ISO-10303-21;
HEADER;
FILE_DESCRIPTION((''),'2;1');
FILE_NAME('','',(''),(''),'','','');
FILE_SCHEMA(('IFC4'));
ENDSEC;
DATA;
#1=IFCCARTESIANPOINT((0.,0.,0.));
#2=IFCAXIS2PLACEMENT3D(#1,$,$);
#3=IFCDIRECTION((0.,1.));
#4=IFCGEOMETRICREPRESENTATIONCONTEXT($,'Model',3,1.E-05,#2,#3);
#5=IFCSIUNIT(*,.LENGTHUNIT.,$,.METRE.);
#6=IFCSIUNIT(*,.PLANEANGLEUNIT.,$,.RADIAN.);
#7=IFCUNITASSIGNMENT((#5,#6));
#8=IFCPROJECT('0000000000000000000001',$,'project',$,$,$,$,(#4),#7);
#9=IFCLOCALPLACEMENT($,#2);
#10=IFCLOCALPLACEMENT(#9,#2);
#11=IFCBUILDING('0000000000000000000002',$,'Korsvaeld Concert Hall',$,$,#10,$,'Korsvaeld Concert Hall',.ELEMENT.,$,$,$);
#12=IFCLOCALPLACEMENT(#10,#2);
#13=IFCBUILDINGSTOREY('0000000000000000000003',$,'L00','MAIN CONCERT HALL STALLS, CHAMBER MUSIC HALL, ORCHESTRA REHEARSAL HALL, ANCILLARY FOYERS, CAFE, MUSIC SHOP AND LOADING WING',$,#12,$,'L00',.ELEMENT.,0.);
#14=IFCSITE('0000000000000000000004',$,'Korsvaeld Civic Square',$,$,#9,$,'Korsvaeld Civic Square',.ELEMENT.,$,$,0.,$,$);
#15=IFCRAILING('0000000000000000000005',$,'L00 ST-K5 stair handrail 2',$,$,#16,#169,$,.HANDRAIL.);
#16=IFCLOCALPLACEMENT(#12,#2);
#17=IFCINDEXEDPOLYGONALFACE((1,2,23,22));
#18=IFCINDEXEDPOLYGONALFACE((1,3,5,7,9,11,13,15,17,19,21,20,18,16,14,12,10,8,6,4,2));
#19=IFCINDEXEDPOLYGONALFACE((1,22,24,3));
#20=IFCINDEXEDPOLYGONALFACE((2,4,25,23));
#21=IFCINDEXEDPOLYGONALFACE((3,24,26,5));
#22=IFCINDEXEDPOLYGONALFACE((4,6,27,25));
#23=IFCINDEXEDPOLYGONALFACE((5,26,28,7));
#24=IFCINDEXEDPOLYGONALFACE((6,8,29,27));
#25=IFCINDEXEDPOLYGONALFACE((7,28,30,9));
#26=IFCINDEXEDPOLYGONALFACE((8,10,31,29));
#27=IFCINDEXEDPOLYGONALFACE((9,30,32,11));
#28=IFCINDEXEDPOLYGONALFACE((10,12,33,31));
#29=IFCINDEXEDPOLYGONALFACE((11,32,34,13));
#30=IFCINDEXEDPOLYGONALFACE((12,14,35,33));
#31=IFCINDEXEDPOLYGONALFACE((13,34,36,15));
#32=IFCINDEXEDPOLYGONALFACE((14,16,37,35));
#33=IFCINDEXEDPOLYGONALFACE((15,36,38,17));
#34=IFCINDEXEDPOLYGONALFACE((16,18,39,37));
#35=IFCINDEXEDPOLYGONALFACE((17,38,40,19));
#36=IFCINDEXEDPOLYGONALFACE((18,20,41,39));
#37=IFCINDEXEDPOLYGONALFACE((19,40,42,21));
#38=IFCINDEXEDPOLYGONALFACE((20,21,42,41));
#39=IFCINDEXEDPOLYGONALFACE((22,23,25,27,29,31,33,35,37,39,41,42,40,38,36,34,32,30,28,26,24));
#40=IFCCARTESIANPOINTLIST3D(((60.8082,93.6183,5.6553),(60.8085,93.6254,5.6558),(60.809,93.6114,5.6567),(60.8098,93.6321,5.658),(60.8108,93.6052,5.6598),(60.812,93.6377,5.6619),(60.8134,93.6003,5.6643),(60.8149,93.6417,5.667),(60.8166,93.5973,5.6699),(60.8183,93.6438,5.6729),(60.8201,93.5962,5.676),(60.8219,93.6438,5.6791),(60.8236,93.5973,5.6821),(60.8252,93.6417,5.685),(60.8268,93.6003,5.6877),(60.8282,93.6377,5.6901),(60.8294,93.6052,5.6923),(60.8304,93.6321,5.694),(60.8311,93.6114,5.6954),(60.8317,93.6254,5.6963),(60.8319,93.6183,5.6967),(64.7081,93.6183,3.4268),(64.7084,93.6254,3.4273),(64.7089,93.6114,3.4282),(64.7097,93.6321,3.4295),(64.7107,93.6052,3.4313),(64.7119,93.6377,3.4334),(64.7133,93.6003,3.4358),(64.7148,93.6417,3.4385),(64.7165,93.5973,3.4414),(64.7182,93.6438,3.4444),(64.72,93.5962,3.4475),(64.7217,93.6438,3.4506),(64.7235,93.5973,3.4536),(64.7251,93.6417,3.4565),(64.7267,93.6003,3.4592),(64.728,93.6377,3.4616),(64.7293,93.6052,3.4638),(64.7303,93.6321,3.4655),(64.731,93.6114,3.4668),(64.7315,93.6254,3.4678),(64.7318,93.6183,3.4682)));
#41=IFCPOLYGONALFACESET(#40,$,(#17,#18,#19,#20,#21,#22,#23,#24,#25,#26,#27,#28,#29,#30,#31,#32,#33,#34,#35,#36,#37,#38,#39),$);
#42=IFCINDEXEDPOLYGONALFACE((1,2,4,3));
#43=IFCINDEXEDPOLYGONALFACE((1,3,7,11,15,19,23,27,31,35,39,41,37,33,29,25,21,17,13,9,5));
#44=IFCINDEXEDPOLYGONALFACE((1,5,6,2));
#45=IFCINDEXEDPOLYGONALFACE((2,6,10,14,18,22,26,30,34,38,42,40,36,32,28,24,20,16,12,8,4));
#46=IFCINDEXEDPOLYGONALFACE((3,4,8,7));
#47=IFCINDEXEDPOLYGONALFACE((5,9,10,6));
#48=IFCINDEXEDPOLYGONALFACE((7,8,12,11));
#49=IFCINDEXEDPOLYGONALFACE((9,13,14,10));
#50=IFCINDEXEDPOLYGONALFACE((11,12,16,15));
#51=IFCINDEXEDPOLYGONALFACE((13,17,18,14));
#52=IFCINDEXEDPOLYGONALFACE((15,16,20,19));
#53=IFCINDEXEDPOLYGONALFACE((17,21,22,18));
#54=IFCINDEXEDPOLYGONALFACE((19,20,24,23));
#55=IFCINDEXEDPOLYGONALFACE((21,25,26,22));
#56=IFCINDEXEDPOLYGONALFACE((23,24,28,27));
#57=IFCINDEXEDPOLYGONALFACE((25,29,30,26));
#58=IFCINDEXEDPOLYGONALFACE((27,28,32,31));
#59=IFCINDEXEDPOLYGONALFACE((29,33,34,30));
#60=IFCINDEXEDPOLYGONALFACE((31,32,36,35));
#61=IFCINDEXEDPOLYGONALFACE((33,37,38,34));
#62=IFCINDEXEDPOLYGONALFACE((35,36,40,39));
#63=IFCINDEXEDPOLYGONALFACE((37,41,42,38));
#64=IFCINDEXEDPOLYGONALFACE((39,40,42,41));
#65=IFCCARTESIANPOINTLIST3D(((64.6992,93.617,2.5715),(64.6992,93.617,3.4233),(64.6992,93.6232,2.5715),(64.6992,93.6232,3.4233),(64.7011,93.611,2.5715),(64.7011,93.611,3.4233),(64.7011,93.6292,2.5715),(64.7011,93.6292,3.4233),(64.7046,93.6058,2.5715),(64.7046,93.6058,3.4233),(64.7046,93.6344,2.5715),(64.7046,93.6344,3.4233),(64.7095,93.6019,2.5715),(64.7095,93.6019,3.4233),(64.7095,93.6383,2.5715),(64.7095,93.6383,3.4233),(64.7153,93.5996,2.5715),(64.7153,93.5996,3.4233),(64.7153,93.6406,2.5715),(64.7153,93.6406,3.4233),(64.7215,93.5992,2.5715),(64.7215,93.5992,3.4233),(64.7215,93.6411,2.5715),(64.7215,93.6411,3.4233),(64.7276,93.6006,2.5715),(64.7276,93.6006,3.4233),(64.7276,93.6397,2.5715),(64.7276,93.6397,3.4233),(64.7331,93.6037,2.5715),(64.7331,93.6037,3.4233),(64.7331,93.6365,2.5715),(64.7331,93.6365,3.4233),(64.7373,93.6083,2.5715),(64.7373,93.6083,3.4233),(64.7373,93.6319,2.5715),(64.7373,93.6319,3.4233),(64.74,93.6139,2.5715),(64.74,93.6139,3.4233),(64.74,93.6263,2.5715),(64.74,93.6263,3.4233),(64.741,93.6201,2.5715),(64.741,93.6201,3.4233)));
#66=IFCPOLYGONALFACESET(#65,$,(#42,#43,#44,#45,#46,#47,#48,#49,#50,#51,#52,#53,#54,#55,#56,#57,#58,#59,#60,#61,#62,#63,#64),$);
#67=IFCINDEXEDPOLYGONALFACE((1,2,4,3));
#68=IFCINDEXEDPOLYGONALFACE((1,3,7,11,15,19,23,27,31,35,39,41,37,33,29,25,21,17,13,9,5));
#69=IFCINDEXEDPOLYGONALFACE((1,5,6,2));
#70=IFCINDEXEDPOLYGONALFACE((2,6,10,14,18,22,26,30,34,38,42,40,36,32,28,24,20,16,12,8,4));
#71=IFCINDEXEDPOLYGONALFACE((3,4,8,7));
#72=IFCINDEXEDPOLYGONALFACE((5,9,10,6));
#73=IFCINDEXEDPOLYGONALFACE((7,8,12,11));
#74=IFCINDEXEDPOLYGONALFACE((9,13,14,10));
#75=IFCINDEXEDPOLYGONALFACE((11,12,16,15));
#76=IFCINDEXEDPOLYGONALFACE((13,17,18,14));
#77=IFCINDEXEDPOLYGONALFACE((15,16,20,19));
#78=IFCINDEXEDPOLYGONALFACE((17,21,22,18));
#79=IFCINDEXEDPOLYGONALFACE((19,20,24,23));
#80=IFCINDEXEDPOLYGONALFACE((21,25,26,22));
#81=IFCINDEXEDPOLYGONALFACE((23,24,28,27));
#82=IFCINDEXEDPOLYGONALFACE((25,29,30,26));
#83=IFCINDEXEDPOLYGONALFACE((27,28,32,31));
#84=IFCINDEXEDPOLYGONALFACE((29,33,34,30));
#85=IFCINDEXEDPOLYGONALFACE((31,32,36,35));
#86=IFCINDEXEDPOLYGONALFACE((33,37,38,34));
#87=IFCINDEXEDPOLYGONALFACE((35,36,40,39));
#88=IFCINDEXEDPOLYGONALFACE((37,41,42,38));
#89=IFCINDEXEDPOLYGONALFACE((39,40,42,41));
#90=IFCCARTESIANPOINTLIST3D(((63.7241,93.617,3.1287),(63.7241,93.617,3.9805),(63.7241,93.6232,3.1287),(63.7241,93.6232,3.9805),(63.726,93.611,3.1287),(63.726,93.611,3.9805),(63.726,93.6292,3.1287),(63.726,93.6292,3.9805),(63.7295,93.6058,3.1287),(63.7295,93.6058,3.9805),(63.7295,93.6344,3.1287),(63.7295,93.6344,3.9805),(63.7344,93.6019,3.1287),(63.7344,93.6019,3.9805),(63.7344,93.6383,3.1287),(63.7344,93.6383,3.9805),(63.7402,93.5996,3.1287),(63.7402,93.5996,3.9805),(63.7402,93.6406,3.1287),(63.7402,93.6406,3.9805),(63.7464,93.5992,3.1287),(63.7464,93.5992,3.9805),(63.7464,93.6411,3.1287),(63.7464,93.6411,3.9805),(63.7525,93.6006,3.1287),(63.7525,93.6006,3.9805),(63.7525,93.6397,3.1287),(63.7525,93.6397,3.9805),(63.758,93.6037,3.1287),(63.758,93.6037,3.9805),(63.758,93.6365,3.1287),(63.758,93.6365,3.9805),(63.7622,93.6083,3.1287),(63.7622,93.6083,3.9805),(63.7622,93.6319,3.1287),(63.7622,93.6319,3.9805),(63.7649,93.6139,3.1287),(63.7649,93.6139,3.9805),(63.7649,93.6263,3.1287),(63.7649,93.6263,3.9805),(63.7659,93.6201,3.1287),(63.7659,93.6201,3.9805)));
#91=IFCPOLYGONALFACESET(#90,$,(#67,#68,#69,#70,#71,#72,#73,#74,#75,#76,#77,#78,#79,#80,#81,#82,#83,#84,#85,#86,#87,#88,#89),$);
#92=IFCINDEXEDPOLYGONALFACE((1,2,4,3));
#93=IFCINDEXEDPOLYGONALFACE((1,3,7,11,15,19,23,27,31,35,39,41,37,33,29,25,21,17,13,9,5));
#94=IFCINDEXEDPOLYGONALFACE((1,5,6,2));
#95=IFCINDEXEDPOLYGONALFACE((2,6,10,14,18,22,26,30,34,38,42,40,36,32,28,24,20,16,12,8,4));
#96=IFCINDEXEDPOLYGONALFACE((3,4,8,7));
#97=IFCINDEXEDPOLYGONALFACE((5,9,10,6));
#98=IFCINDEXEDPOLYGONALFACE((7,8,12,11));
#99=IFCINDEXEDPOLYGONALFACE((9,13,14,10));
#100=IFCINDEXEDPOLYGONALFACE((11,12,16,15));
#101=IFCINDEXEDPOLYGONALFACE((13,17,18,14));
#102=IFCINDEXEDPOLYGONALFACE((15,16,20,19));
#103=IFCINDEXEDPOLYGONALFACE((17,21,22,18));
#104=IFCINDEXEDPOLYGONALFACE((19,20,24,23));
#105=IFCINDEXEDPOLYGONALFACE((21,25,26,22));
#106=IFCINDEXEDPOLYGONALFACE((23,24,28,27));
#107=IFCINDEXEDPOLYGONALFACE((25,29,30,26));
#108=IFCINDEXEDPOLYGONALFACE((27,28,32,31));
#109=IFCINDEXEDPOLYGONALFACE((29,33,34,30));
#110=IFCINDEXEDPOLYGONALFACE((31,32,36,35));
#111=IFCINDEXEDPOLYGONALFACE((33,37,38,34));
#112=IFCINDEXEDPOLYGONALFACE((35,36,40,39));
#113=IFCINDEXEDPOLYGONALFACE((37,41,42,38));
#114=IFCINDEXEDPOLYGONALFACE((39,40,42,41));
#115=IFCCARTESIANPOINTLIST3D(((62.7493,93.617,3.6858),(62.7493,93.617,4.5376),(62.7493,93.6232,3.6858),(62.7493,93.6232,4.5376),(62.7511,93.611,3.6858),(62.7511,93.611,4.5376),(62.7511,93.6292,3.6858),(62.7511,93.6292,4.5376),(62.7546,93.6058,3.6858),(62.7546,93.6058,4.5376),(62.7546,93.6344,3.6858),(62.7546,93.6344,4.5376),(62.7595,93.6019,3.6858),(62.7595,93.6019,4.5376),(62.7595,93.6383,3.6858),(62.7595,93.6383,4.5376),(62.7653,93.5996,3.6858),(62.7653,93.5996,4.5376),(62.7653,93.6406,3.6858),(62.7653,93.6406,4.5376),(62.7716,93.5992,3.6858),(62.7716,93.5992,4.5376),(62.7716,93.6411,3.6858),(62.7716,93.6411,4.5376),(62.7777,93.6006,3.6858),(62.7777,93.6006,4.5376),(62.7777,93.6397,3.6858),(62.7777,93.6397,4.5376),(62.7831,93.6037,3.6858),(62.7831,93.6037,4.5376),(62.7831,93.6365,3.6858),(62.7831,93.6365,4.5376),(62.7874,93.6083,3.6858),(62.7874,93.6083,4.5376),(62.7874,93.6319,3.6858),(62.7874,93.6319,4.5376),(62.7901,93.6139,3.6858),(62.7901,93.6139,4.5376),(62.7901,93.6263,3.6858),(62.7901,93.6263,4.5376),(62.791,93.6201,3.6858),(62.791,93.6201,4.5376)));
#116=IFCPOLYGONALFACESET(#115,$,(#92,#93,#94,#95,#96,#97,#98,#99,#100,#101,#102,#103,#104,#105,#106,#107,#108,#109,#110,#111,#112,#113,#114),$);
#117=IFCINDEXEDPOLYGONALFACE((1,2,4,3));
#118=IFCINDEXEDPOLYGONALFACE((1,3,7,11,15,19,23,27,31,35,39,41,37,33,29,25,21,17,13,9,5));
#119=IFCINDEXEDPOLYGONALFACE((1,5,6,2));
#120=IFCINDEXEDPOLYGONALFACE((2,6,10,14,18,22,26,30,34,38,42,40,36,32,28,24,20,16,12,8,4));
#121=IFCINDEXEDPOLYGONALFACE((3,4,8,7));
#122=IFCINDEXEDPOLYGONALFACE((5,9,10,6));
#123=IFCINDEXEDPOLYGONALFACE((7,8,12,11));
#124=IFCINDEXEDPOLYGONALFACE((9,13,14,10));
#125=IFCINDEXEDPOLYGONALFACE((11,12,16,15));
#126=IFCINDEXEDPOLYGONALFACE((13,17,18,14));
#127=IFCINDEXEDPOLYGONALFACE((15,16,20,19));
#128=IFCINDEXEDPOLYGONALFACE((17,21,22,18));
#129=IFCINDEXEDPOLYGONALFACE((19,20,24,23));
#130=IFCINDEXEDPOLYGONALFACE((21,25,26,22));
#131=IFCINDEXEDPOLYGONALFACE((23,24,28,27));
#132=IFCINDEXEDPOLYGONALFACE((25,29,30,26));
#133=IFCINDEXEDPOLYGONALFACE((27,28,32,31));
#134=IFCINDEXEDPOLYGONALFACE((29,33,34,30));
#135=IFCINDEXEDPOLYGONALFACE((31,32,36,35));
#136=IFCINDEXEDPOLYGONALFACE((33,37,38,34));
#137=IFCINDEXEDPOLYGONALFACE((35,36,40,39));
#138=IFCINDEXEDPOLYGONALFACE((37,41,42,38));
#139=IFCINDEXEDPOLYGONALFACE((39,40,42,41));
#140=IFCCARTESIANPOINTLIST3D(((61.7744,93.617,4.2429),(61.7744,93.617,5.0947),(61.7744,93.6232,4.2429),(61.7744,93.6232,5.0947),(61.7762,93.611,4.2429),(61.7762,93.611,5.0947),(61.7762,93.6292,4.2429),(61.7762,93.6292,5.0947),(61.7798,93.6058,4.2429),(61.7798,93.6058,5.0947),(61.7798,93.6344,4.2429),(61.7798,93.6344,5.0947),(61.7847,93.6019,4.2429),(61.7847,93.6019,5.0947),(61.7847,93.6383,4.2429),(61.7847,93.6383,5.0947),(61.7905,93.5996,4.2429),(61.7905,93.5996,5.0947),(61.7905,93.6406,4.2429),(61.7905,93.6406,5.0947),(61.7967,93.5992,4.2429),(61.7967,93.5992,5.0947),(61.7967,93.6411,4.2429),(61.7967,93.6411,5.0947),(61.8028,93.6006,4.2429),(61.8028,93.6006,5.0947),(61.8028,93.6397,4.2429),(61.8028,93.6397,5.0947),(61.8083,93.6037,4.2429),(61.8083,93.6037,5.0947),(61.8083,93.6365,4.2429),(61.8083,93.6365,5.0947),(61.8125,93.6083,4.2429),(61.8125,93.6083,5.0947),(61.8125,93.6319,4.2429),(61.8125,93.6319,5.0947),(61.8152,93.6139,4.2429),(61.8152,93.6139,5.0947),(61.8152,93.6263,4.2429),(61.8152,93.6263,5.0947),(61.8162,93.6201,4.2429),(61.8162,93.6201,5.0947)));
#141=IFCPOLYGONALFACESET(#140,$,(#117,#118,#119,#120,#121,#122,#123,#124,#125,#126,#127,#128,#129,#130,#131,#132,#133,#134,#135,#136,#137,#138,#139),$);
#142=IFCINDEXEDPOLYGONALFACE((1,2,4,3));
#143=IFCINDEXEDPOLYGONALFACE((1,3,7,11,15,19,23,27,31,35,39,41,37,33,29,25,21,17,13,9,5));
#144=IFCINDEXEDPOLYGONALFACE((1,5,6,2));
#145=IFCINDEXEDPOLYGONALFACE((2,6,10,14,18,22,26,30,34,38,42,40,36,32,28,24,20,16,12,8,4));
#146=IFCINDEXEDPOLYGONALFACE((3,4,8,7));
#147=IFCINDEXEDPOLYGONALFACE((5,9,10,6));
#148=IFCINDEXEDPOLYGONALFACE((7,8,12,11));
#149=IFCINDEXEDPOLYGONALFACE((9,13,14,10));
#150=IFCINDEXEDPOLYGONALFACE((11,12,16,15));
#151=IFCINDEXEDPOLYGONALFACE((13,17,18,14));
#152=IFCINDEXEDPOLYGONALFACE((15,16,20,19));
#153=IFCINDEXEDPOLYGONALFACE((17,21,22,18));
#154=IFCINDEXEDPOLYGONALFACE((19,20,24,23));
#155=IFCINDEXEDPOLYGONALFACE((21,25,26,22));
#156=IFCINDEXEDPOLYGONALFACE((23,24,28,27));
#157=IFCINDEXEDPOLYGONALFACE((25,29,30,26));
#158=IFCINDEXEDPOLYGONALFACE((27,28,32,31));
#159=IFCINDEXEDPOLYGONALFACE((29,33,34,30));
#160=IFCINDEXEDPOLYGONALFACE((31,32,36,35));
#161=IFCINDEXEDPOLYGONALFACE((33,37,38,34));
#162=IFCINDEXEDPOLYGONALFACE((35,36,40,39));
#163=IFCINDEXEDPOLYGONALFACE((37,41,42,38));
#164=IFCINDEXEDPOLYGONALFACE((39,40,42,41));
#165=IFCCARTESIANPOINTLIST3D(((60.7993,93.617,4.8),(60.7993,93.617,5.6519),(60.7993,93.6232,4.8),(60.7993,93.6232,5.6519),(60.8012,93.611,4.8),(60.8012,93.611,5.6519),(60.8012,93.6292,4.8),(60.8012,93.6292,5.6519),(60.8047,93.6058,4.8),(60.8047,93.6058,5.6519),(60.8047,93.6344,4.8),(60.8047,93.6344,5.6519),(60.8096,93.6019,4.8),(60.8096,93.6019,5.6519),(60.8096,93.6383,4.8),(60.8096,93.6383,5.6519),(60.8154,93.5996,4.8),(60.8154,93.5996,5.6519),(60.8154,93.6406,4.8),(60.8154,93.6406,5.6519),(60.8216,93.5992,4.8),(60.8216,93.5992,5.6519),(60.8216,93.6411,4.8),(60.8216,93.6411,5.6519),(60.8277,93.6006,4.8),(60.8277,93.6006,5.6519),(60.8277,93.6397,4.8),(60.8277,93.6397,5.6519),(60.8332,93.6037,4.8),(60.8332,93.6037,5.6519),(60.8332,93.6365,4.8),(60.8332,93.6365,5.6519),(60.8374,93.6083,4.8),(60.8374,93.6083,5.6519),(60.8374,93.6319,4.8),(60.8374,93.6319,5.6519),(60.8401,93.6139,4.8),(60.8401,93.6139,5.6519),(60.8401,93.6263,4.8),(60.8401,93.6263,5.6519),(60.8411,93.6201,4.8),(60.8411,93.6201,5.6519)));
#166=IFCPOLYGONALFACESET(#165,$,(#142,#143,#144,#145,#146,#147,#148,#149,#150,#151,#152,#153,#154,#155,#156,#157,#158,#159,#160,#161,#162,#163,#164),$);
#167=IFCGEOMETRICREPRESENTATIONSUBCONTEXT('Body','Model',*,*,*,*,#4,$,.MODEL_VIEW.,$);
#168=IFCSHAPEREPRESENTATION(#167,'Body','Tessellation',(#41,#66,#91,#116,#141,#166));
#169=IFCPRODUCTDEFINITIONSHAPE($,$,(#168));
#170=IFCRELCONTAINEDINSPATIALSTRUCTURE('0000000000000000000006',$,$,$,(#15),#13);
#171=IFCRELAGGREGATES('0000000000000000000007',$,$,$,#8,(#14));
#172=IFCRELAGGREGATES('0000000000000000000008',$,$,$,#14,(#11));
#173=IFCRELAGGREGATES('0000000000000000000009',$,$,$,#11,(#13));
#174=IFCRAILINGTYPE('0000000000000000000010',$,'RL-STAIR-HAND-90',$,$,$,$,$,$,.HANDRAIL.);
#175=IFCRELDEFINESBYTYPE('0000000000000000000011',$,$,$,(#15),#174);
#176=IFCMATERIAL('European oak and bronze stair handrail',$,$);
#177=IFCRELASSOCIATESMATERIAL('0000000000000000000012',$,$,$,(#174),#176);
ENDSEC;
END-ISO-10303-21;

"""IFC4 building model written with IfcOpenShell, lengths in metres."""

from ifc_helpers import new_model, si_unit, direction, frame, origin, origin_2d, place, context, subcontext, project, spatial, circle, extrude, material, type_object, element, save


model = new_model("IFC4")

# Units and contexts
model_context = context("Model", 3, precision=1e-05, world=origin(), true_north=direction((0.0, 1.0)))
body_context = subcontext(model_context, "Body", "Model", "MODEL_VIEW")
ifc_project = project(units=[si_unit("LENGTHUNIT", "METRE"), si_unit("PLANEANGLEUNIT", "RADIAN")], contexts=[model_context])

# Site, building, storey
site_placement = place(None, origin())
site = spatial("IfcSite", under=ifc_project, at=site_placement, Name="Korsvaeld Civic Square", LongName="Korsvaeld Civic Square", CompositionType="ELEMENT", RefElevation=0.0)
building_placement = place(site_placement, origin())
building = spatial("IfcBuilding", under=site, at=building_placement, Name="Korsvaeld Concert Hall", LongName="Korsvaeld Concert Hall", CompositionType="ELEMENT")
storey_placement = place(building_placement, origin())
storey = spatial("IfcBuildingStorey", under=building, at=storey_placement, Name="L00", Description="MAIN CONCERT HALL STALLS, CHAMBER MUSIC HALL, ORCHESTRA REHEARSAL HALL, ANCILLARY FOYERS, CAFE, MUSIC SHOP AND LOADING WING", LongName="L00", CompositionType="ELEMENT", Elevation=0.0)

# Railing
ifc_material_1 = material(Name="European oak and bronze stair handrail")
railing_type_1 = type_object("IfcRailingType", Name="RL-STAIR-HAND-90", PredefinedType="HANDRAIL", material=ifc_material_1)
railing_1_placement = place(storey_placement, frame((64.72, 93.6201, 2.5715)))
element("IfcRailing", 1, at=railing_1_placement, inside=storey, type_object=railing_type_1, Name="L00 ST-K5 stair handrail 2", PredefinedType="HANDRAIL", context=body_context, shape_type="SweptSolid", body=[
    extrude(circle(Radius=0.0239, at=origin_2d()), frame((0.0, 0.0, 0.876), z_axis=(-0.868243, 0.0, 0.496139), x_axis=(0.0, -1.0, 0.0)), (0.0, 0.0, 1.0), 4.4917),
    extrude(circle(Radius=0.021, at=origin_2d()), origin(), (0.0, 0.0, 1.0), 0.8518),
    extrude(circle(Radius=0.021, at=origin_2d()), frame((-0.9751, 0.0, 0.5571)), (0.0, 0.0, 1.0), 0.8518),
    extrude(circle(Radius=0.021, at=origin_2d()), frame((-1.95, 0.0, 1.1143)), (0.0, 0.0, 1.0), 0.8518),
    extrude(circle(Radius=0.021, at=origin_2d()), frame((-2.9248, 0.0, 1.6714)), (0.0, 0.0, 1.0), 0.8518),
    extrude(circle(Radius=0.021, at=origin_2d()), frame((-3.8999, 0.0, 2.2285)), (0.0, 0.0, 1.0), 0.8518),
])

save(model, "model.ifc")
